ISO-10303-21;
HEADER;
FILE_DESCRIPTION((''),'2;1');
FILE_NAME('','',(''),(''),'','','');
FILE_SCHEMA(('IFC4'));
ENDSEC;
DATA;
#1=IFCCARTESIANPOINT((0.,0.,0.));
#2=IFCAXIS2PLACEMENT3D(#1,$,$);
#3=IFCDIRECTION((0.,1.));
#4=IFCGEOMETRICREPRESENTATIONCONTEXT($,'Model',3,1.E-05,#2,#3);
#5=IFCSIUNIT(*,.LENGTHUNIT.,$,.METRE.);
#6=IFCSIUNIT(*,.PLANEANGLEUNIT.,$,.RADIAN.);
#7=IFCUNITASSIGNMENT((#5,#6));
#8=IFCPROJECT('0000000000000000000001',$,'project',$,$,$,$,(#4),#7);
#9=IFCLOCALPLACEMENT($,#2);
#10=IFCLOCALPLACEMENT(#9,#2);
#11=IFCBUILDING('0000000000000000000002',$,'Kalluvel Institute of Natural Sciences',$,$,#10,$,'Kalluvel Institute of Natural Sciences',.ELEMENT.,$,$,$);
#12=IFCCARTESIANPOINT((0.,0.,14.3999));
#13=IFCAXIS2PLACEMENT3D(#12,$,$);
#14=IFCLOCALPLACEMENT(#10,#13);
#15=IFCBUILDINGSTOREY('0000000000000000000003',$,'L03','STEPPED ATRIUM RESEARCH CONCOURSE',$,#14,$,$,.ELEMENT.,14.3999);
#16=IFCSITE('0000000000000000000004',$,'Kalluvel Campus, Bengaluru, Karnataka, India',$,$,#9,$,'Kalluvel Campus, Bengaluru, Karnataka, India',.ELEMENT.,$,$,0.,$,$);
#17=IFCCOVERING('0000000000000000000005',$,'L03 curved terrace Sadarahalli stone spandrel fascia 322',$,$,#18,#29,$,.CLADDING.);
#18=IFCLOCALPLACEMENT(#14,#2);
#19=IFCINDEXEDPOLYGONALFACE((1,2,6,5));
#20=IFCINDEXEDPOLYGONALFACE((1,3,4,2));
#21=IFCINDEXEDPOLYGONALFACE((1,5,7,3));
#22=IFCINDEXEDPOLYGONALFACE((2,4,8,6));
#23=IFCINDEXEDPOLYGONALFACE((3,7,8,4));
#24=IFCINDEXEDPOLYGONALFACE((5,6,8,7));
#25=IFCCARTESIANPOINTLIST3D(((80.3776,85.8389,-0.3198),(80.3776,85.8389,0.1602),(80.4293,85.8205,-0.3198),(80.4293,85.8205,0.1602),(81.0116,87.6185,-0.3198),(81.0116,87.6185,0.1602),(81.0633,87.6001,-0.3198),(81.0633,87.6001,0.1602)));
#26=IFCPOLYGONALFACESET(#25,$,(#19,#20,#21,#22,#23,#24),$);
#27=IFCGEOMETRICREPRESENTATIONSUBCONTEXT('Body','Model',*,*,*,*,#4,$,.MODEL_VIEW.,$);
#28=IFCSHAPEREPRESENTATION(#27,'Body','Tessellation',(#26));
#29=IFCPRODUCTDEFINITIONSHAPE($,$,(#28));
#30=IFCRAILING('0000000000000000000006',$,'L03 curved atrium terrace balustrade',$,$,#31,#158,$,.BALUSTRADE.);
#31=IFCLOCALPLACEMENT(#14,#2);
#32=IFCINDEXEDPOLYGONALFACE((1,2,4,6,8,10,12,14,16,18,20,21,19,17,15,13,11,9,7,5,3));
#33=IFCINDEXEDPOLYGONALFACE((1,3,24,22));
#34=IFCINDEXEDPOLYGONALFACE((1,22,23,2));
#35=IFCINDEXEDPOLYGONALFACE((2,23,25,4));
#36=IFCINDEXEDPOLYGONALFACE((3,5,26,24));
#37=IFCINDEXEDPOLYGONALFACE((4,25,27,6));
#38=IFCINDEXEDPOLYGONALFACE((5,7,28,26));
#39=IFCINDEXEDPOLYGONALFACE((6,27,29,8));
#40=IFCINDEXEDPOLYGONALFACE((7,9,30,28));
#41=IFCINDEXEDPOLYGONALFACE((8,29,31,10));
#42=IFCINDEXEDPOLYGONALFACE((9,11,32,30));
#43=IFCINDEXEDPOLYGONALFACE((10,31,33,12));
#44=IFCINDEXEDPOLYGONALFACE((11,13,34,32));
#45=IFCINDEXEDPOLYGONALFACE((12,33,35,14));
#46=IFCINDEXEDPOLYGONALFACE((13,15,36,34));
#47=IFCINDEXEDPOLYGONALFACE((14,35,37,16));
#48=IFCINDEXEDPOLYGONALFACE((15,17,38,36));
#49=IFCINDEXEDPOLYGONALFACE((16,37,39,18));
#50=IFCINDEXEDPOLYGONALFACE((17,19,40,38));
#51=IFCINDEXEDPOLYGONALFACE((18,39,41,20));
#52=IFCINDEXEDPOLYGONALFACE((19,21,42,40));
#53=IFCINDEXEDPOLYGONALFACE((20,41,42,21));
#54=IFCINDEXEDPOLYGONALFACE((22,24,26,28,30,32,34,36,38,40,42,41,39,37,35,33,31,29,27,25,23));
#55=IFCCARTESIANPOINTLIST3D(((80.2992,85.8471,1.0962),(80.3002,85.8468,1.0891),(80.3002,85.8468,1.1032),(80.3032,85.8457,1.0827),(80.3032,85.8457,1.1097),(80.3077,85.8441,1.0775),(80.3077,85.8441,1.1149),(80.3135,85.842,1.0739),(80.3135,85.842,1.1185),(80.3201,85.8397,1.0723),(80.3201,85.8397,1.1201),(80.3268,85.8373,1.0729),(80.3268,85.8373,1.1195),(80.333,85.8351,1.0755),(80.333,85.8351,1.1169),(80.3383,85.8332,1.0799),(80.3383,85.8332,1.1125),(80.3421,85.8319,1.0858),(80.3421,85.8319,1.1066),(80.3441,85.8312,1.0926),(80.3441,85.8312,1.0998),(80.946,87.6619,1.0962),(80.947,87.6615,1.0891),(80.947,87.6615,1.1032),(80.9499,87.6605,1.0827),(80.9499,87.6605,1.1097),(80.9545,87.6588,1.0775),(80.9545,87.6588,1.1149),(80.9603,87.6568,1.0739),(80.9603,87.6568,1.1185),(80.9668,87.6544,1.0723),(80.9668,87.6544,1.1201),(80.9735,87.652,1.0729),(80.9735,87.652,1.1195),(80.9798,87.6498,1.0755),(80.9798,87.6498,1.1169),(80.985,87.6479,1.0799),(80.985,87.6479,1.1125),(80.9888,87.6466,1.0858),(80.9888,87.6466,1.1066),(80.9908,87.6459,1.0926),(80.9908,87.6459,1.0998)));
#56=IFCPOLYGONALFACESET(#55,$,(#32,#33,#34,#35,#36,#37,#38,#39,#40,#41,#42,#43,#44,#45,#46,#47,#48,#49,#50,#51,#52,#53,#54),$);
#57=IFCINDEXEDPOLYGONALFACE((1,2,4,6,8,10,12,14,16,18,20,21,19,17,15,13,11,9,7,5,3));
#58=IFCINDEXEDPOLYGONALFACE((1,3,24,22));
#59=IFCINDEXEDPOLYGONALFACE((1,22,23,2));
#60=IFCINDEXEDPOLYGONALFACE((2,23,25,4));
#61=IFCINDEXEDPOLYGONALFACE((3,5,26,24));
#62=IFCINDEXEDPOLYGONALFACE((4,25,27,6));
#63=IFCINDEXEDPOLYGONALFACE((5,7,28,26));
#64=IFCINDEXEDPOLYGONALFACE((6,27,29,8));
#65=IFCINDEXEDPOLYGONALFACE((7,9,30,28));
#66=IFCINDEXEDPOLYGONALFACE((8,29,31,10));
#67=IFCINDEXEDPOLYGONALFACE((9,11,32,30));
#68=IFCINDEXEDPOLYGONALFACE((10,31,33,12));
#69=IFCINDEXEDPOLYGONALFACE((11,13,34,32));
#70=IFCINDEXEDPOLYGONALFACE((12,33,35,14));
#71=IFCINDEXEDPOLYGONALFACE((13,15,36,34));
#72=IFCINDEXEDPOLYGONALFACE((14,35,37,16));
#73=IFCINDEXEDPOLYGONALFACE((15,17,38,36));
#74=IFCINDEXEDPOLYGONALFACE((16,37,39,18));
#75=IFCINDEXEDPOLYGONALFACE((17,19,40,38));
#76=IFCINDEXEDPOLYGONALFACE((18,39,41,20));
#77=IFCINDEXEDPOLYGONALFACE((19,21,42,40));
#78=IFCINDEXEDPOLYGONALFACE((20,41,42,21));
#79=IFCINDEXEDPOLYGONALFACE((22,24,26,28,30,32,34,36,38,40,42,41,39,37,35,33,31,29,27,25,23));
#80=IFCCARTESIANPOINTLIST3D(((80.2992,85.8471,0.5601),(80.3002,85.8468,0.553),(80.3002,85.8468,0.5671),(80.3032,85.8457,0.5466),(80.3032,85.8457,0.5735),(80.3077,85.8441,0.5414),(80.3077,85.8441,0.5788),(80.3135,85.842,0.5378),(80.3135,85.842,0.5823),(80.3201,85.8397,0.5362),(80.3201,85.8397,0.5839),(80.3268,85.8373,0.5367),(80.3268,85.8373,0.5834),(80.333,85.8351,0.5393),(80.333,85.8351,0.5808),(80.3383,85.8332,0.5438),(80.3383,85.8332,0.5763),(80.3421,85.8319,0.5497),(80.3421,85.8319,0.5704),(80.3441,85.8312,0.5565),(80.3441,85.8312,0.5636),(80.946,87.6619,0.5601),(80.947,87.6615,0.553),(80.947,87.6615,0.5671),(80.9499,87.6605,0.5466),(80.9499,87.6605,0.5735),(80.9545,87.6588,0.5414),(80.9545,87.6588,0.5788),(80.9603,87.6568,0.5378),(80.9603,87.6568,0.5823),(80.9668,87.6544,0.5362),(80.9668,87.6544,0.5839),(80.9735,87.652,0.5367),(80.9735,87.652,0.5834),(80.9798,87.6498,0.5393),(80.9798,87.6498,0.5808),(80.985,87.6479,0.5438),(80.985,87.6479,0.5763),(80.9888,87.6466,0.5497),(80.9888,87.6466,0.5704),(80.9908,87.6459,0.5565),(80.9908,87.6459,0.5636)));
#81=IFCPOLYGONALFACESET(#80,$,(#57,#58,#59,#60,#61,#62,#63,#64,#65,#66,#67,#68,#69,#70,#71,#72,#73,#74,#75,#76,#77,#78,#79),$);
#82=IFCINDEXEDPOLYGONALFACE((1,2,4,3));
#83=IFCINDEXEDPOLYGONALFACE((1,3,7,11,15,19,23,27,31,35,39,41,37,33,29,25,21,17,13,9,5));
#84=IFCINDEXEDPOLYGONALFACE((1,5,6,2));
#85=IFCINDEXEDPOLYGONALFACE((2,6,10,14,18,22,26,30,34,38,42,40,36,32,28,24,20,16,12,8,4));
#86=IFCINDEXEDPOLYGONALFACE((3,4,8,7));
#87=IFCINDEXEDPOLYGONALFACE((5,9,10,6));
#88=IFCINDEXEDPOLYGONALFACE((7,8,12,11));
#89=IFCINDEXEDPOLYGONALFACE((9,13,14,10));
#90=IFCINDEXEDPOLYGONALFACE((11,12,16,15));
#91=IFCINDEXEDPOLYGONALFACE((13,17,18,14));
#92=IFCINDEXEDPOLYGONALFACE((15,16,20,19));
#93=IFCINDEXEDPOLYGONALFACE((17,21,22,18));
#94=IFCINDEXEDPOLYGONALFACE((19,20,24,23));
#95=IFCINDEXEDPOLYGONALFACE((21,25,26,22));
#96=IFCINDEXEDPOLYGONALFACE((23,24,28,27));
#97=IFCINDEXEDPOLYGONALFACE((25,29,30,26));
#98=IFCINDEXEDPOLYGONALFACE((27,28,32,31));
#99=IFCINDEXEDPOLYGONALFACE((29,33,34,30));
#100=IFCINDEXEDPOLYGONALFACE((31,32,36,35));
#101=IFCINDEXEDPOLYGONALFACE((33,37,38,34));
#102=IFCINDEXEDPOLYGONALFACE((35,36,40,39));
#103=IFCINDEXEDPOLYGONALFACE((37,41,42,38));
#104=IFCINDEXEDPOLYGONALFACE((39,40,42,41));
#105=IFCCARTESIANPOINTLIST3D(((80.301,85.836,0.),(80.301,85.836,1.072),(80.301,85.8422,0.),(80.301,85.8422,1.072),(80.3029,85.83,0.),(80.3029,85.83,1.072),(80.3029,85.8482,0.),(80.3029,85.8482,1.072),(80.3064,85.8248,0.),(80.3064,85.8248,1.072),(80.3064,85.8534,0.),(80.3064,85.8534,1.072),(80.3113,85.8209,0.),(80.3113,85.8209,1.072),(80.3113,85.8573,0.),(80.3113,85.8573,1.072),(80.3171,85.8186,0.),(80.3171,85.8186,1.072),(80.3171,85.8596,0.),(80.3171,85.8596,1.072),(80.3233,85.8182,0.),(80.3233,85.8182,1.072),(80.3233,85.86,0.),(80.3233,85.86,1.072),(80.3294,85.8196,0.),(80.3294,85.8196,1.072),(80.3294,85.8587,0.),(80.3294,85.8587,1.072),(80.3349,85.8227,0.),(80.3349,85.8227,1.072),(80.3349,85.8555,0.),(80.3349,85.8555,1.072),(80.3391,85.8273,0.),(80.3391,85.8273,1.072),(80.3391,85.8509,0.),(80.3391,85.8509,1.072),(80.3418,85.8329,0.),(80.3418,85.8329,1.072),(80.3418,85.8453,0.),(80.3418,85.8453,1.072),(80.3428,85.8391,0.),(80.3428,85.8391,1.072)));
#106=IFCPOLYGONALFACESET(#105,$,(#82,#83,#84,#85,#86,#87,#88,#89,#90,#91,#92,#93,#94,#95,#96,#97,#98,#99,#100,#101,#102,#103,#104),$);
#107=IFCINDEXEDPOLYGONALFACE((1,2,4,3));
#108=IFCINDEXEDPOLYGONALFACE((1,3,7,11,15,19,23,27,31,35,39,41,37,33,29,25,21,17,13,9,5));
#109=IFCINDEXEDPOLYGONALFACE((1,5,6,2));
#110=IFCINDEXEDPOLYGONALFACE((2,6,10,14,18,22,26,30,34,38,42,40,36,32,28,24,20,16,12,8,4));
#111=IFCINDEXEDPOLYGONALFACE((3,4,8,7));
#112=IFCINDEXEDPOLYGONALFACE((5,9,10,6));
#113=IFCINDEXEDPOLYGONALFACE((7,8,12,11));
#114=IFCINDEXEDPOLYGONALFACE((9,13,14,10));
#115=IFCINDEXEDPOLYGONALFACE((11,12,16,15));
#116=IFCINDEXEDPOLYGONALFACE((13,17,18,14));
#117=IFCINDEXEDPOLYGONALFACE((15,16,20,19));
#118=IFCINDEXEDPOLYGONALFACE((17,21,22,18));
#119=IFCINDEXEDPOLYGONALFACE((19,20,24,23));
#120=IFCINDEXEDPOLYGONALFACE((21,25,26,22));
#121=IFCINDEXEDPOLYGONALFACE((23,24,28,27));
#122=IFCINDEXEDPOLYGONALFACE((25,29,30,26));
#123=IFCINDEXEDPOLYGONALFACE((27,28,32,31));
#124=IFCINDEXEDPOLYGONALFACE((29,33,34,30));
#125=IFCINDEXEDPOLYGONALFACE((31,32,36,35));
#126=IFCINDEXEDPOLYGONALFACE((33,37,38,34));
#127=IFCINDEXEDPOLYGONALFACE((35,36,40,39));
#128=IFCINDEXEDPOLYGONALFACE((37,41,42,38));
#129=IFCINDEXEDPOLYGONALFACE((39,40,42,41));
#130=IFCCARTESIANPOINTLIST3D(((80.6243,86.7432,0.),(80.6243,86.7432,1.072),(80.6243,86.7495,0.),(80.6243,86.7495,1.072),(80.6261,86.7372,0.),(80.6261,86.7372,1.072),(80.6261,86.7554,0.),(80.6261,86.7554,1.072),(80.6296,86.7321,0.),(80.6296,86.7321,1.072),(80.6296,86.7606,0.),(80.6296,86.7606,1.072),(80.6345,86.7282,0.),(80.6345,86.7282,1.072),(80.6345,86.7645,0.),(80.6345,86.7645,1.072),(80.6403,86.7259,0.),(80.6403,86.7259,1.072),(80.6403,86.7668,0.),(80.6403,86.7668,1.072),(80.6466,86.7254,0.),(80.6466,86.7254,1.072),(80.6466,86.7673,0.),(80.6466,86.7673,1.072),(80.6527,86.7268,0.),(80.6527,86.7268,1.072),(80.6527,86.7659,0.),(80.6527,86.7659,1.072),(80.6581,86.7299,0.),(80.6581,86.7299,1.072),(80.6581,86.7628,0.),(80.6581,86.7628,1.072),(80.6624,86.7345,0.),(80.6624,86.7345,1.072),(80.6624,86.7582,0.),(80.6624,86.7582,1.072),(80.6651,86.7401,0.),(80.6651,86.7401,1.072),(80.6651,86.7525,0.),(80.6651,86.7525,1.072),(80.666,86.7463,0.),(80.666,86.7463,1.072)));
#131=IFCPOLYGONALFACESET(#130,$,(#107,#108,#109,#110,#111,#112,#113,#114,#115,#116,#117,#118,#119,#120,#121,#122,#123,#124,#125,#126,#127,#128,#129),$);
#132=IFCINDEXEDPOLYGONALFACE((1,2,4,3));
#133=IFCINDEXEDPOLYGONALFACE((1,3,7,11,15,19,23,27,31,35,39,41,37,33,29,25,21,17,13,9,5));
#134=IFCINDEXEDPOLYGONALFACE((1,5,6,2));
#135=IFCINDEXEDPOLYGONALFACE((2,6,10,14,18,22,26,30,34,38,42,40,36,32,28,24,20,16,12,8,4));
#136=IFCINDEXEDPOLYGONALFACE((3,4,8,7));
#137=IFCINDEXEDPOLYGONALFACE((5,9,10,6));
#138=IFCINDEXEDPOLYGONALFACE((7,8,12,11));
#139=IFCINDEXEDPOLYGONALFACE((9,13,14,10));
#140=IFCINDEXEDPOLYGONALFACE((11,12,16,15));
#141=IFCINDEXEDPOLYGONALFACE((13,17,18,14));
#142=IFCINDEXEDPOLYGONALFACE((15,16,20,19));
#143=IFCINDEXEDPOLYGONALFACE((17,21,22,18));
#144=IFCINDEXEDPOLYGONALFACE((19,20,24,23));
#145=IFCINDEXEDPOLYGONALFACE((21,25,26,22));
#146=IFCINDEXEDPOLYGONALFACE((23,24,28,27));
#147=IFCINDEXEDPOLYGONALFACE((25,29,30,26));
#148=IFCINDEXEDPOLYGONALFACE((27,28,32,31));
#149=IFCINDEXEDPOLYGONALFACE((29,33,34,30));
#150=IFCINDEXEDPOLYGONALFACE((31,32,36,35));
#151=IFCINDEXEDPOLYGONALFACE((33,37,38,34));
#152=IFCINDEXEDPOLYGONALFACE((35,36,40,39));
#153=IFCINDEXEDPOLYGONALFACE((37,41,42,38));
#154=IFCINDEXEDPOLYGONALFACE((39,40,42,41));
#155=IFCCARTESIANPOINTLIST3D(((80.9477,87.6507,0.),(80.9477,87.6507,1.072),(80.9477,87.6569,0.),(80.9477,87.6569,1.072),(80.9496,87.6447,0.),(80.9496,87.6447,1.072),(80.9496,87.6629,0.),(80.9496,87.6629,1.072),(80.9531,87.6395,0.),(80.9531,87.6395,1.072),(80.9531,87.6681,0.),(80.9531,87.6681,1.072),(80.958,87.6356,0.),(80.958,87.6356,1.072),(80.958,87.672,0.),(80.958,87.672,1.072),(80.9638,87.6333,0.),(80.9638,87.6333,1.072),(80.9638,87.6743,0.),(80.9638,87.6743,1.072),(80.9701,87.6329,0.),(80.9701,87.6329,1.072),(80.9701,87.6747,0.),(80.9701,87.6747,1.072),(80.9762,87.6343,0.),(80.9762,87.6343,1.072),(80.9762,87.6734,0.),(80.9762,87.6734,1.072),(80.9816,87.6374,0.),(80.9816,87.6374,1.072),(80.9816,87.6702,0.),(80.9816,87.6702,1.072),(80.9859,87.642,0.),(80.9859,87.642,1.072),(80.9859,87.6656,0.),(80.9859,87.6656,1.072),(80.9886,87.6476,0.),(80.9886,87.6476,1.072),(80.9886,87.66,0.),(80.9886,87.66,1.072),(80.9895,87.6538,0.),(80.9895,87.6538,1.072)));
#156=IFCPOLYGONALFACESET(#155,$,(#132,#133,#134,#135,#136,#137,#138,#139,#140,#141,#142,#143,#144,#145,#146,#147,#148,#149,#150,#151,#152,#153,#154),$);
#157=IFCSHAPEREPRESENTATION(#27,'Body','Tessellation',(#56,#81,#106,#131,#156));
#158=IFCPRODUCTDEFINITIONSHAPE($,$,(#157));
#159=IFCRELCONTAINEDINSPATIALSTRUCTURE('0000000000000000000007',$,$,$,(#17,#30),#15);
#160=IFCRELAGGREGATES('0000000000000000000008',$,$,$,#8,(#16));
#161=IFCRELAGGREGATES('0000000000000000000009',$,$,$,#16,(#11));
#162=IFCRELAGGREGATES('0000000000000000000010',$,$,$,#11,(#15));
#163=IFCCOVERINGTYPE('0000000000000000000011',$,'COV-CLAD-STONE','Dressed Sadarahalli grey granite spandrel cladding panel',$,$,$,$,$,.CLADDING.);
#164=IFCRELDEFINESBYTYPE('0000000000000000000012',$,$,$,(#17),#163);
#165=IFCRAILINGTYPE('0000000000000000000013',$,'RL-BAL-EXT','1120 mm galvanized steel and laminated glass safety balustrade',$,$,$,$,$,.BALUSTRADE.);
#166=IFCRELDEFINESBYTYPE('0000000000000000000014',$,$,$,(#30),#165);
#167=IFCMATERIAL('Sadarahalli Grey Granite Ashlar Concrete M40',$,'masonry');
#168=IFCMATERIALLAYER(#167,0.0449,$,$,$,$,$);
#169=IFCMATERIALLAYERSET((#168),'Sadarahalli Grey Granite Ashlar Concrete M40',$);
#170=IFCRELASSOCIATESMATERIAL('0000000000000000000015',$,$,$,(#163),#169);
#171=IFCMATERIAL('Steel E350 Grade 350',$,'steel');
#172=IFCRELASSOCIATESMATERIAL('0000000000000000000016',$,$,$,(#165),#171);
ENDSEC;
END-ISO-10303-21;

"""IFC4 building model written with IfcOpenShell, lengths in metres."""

from ifc_helpers import new_model, si_unit, direction, frame, origin, origin_2d, place, context, subcontext, project, spatial, rectangle, circle, extrude, material, layer, layer_set, type_object, element, save


model = new_model("IFC4")

# Units and contexts
model_context = context("Model", 3, precision=1e-05, world=origin(), true_north=direction((0.0, 1.0)))
body_context = subcontext(model_context, "Body", "Model", "MODEL_VIEW")
ifc_project = project(units=[si_unit("LENGTHUNIT", "METRE"), si_unit("PLANEANGLEUNIT", "RADIAN")], contexts=[model_context])

# Site, building, storey
site_placement = place(None, origin())
site = spatial("IfcSite", under=ifc_project, at=site_placement, Name="Kalluvel Campus, Bengaluru, Karnataka, India", LongName="Kalluvel Campus, Bengaluru, Karnataka, India", CompositionType="ELEMENT", RefElevation=0.0)
building_placement = place(site_placement, origin())
building = spatial("IfcBuilding", under=site, at=building_placement, Name="Kalluvel Institute of Natural Sciences", LongName="Kalluvel Institute of Natural Sciences", CompositionType="ELEMENT")
storey_placement = place(building_placement, frame((0.0, 0.0, 14.3999)))
storey = spatial("IfcBuildingStorey", under=building, at=storey_placement, Name="L03", Description="STEPPED ATRIUM RESEARCH CONCOURSE", CompositionType="ELEMENT", Elevation=14.3999)

# Covering
ifc_material_1 = material(Name="Sadarahalli Grey Granite Ashlar Concrete M40", Category="masonry")
ifc_layer_1 = layer(ifc_material_1, 0.0449)
ifc_layer_set_1 = layer_set([ifc_layer_1], Name="Sadarahalli Grey Granite Ashlar Concrete M40")
covering_type = type_object("IfcCoveringType", Name="COV-CLAD-STONE", Description="Dressed Sadarahalli grey granite spandrel cladding panel", PredefinedType="CLADDING", material=ifc_layer_set_1)
for number, where, z_axis, x_axis, name in (
    (1, (80.7205, 86.7195, -0.3198), (0.0, 0.0, 1.0), (0.335616, 0.941999, 0.0), "L03 curved terrace Sadarahalli stone spandrel fascia 322"),
):
    element("IfcCovering", number, at=place(storey_placement, frame(where, z_axis=z_axis, x_axis=x_axis)), inside=storey, type_object=covering_type, Name=name, PredefinedType="CLADDING", context=body_context, shape_type="SweptSolid", body=[
        extrude(rectangle(XDim=1.8892, YDim=0.0549, at=origin_2d()), origin(), (0.0, 0.0, 1.0), 0.48),
    ])

# Railing
ifc_material_2 = material(Name="Steel E350 Grade 350", Category="steel")
railing_type = type_object("IfcRailingType", Name="RL-BAL-EXT", Description="1120 mm galvanized steel and laminated glass safety balustrade", PredefinedType="BALUSTRADE", material=ifc_material_2)
railing_placement = place(storey_placement, frame((80.3218, 85.8391, 0.0)))
element("IfcRailing", 2, at=railing_placement, inside=storey, type_object=railing_type, Name="L03 curved atrium terrace balustrade", PredefinedType="BALUSTRADE", context=body_context, shape_type="SweptSolid", body=[
    extrude(circle(Radius=0.0239, at=origin_2d()), frame((0.0, 0.0, 1.0962), z_axis=(0.335702, 0.941968, 0.0), x_axis=(-0.941968, 0.335702, 0.0)), (0.0, 0.0, 1.0), 1.9265),
    extrude(circle(Radius=0.0239, at=origin_2d()), frame((0.0, 0.0, 0.5601), z_axis=(0.335702, 0.941968, 0.0), x_axis=(-0.941968, 0.335702, 0.0)), (0.0, 0.0, 1.0), 1.9265),
    extrude(circle(Radius=0.021, at=origin_2d()), origin(), (0.0, 0.0, 1.0), 1.072),
    extrude(circle(Radius=0.021, at=origin_2d()), frame((0.3232, 0.9072, 0.0)), (0.0, 0.0, 1.0), 1.072),
    extrude(circle(Radius=0.021, at=origin_2d()), frame((0.6467, 1.8147, 0.0)), (0.0, 0.0, 1.0), 1.072),
])

save(model, "model.ifc")
